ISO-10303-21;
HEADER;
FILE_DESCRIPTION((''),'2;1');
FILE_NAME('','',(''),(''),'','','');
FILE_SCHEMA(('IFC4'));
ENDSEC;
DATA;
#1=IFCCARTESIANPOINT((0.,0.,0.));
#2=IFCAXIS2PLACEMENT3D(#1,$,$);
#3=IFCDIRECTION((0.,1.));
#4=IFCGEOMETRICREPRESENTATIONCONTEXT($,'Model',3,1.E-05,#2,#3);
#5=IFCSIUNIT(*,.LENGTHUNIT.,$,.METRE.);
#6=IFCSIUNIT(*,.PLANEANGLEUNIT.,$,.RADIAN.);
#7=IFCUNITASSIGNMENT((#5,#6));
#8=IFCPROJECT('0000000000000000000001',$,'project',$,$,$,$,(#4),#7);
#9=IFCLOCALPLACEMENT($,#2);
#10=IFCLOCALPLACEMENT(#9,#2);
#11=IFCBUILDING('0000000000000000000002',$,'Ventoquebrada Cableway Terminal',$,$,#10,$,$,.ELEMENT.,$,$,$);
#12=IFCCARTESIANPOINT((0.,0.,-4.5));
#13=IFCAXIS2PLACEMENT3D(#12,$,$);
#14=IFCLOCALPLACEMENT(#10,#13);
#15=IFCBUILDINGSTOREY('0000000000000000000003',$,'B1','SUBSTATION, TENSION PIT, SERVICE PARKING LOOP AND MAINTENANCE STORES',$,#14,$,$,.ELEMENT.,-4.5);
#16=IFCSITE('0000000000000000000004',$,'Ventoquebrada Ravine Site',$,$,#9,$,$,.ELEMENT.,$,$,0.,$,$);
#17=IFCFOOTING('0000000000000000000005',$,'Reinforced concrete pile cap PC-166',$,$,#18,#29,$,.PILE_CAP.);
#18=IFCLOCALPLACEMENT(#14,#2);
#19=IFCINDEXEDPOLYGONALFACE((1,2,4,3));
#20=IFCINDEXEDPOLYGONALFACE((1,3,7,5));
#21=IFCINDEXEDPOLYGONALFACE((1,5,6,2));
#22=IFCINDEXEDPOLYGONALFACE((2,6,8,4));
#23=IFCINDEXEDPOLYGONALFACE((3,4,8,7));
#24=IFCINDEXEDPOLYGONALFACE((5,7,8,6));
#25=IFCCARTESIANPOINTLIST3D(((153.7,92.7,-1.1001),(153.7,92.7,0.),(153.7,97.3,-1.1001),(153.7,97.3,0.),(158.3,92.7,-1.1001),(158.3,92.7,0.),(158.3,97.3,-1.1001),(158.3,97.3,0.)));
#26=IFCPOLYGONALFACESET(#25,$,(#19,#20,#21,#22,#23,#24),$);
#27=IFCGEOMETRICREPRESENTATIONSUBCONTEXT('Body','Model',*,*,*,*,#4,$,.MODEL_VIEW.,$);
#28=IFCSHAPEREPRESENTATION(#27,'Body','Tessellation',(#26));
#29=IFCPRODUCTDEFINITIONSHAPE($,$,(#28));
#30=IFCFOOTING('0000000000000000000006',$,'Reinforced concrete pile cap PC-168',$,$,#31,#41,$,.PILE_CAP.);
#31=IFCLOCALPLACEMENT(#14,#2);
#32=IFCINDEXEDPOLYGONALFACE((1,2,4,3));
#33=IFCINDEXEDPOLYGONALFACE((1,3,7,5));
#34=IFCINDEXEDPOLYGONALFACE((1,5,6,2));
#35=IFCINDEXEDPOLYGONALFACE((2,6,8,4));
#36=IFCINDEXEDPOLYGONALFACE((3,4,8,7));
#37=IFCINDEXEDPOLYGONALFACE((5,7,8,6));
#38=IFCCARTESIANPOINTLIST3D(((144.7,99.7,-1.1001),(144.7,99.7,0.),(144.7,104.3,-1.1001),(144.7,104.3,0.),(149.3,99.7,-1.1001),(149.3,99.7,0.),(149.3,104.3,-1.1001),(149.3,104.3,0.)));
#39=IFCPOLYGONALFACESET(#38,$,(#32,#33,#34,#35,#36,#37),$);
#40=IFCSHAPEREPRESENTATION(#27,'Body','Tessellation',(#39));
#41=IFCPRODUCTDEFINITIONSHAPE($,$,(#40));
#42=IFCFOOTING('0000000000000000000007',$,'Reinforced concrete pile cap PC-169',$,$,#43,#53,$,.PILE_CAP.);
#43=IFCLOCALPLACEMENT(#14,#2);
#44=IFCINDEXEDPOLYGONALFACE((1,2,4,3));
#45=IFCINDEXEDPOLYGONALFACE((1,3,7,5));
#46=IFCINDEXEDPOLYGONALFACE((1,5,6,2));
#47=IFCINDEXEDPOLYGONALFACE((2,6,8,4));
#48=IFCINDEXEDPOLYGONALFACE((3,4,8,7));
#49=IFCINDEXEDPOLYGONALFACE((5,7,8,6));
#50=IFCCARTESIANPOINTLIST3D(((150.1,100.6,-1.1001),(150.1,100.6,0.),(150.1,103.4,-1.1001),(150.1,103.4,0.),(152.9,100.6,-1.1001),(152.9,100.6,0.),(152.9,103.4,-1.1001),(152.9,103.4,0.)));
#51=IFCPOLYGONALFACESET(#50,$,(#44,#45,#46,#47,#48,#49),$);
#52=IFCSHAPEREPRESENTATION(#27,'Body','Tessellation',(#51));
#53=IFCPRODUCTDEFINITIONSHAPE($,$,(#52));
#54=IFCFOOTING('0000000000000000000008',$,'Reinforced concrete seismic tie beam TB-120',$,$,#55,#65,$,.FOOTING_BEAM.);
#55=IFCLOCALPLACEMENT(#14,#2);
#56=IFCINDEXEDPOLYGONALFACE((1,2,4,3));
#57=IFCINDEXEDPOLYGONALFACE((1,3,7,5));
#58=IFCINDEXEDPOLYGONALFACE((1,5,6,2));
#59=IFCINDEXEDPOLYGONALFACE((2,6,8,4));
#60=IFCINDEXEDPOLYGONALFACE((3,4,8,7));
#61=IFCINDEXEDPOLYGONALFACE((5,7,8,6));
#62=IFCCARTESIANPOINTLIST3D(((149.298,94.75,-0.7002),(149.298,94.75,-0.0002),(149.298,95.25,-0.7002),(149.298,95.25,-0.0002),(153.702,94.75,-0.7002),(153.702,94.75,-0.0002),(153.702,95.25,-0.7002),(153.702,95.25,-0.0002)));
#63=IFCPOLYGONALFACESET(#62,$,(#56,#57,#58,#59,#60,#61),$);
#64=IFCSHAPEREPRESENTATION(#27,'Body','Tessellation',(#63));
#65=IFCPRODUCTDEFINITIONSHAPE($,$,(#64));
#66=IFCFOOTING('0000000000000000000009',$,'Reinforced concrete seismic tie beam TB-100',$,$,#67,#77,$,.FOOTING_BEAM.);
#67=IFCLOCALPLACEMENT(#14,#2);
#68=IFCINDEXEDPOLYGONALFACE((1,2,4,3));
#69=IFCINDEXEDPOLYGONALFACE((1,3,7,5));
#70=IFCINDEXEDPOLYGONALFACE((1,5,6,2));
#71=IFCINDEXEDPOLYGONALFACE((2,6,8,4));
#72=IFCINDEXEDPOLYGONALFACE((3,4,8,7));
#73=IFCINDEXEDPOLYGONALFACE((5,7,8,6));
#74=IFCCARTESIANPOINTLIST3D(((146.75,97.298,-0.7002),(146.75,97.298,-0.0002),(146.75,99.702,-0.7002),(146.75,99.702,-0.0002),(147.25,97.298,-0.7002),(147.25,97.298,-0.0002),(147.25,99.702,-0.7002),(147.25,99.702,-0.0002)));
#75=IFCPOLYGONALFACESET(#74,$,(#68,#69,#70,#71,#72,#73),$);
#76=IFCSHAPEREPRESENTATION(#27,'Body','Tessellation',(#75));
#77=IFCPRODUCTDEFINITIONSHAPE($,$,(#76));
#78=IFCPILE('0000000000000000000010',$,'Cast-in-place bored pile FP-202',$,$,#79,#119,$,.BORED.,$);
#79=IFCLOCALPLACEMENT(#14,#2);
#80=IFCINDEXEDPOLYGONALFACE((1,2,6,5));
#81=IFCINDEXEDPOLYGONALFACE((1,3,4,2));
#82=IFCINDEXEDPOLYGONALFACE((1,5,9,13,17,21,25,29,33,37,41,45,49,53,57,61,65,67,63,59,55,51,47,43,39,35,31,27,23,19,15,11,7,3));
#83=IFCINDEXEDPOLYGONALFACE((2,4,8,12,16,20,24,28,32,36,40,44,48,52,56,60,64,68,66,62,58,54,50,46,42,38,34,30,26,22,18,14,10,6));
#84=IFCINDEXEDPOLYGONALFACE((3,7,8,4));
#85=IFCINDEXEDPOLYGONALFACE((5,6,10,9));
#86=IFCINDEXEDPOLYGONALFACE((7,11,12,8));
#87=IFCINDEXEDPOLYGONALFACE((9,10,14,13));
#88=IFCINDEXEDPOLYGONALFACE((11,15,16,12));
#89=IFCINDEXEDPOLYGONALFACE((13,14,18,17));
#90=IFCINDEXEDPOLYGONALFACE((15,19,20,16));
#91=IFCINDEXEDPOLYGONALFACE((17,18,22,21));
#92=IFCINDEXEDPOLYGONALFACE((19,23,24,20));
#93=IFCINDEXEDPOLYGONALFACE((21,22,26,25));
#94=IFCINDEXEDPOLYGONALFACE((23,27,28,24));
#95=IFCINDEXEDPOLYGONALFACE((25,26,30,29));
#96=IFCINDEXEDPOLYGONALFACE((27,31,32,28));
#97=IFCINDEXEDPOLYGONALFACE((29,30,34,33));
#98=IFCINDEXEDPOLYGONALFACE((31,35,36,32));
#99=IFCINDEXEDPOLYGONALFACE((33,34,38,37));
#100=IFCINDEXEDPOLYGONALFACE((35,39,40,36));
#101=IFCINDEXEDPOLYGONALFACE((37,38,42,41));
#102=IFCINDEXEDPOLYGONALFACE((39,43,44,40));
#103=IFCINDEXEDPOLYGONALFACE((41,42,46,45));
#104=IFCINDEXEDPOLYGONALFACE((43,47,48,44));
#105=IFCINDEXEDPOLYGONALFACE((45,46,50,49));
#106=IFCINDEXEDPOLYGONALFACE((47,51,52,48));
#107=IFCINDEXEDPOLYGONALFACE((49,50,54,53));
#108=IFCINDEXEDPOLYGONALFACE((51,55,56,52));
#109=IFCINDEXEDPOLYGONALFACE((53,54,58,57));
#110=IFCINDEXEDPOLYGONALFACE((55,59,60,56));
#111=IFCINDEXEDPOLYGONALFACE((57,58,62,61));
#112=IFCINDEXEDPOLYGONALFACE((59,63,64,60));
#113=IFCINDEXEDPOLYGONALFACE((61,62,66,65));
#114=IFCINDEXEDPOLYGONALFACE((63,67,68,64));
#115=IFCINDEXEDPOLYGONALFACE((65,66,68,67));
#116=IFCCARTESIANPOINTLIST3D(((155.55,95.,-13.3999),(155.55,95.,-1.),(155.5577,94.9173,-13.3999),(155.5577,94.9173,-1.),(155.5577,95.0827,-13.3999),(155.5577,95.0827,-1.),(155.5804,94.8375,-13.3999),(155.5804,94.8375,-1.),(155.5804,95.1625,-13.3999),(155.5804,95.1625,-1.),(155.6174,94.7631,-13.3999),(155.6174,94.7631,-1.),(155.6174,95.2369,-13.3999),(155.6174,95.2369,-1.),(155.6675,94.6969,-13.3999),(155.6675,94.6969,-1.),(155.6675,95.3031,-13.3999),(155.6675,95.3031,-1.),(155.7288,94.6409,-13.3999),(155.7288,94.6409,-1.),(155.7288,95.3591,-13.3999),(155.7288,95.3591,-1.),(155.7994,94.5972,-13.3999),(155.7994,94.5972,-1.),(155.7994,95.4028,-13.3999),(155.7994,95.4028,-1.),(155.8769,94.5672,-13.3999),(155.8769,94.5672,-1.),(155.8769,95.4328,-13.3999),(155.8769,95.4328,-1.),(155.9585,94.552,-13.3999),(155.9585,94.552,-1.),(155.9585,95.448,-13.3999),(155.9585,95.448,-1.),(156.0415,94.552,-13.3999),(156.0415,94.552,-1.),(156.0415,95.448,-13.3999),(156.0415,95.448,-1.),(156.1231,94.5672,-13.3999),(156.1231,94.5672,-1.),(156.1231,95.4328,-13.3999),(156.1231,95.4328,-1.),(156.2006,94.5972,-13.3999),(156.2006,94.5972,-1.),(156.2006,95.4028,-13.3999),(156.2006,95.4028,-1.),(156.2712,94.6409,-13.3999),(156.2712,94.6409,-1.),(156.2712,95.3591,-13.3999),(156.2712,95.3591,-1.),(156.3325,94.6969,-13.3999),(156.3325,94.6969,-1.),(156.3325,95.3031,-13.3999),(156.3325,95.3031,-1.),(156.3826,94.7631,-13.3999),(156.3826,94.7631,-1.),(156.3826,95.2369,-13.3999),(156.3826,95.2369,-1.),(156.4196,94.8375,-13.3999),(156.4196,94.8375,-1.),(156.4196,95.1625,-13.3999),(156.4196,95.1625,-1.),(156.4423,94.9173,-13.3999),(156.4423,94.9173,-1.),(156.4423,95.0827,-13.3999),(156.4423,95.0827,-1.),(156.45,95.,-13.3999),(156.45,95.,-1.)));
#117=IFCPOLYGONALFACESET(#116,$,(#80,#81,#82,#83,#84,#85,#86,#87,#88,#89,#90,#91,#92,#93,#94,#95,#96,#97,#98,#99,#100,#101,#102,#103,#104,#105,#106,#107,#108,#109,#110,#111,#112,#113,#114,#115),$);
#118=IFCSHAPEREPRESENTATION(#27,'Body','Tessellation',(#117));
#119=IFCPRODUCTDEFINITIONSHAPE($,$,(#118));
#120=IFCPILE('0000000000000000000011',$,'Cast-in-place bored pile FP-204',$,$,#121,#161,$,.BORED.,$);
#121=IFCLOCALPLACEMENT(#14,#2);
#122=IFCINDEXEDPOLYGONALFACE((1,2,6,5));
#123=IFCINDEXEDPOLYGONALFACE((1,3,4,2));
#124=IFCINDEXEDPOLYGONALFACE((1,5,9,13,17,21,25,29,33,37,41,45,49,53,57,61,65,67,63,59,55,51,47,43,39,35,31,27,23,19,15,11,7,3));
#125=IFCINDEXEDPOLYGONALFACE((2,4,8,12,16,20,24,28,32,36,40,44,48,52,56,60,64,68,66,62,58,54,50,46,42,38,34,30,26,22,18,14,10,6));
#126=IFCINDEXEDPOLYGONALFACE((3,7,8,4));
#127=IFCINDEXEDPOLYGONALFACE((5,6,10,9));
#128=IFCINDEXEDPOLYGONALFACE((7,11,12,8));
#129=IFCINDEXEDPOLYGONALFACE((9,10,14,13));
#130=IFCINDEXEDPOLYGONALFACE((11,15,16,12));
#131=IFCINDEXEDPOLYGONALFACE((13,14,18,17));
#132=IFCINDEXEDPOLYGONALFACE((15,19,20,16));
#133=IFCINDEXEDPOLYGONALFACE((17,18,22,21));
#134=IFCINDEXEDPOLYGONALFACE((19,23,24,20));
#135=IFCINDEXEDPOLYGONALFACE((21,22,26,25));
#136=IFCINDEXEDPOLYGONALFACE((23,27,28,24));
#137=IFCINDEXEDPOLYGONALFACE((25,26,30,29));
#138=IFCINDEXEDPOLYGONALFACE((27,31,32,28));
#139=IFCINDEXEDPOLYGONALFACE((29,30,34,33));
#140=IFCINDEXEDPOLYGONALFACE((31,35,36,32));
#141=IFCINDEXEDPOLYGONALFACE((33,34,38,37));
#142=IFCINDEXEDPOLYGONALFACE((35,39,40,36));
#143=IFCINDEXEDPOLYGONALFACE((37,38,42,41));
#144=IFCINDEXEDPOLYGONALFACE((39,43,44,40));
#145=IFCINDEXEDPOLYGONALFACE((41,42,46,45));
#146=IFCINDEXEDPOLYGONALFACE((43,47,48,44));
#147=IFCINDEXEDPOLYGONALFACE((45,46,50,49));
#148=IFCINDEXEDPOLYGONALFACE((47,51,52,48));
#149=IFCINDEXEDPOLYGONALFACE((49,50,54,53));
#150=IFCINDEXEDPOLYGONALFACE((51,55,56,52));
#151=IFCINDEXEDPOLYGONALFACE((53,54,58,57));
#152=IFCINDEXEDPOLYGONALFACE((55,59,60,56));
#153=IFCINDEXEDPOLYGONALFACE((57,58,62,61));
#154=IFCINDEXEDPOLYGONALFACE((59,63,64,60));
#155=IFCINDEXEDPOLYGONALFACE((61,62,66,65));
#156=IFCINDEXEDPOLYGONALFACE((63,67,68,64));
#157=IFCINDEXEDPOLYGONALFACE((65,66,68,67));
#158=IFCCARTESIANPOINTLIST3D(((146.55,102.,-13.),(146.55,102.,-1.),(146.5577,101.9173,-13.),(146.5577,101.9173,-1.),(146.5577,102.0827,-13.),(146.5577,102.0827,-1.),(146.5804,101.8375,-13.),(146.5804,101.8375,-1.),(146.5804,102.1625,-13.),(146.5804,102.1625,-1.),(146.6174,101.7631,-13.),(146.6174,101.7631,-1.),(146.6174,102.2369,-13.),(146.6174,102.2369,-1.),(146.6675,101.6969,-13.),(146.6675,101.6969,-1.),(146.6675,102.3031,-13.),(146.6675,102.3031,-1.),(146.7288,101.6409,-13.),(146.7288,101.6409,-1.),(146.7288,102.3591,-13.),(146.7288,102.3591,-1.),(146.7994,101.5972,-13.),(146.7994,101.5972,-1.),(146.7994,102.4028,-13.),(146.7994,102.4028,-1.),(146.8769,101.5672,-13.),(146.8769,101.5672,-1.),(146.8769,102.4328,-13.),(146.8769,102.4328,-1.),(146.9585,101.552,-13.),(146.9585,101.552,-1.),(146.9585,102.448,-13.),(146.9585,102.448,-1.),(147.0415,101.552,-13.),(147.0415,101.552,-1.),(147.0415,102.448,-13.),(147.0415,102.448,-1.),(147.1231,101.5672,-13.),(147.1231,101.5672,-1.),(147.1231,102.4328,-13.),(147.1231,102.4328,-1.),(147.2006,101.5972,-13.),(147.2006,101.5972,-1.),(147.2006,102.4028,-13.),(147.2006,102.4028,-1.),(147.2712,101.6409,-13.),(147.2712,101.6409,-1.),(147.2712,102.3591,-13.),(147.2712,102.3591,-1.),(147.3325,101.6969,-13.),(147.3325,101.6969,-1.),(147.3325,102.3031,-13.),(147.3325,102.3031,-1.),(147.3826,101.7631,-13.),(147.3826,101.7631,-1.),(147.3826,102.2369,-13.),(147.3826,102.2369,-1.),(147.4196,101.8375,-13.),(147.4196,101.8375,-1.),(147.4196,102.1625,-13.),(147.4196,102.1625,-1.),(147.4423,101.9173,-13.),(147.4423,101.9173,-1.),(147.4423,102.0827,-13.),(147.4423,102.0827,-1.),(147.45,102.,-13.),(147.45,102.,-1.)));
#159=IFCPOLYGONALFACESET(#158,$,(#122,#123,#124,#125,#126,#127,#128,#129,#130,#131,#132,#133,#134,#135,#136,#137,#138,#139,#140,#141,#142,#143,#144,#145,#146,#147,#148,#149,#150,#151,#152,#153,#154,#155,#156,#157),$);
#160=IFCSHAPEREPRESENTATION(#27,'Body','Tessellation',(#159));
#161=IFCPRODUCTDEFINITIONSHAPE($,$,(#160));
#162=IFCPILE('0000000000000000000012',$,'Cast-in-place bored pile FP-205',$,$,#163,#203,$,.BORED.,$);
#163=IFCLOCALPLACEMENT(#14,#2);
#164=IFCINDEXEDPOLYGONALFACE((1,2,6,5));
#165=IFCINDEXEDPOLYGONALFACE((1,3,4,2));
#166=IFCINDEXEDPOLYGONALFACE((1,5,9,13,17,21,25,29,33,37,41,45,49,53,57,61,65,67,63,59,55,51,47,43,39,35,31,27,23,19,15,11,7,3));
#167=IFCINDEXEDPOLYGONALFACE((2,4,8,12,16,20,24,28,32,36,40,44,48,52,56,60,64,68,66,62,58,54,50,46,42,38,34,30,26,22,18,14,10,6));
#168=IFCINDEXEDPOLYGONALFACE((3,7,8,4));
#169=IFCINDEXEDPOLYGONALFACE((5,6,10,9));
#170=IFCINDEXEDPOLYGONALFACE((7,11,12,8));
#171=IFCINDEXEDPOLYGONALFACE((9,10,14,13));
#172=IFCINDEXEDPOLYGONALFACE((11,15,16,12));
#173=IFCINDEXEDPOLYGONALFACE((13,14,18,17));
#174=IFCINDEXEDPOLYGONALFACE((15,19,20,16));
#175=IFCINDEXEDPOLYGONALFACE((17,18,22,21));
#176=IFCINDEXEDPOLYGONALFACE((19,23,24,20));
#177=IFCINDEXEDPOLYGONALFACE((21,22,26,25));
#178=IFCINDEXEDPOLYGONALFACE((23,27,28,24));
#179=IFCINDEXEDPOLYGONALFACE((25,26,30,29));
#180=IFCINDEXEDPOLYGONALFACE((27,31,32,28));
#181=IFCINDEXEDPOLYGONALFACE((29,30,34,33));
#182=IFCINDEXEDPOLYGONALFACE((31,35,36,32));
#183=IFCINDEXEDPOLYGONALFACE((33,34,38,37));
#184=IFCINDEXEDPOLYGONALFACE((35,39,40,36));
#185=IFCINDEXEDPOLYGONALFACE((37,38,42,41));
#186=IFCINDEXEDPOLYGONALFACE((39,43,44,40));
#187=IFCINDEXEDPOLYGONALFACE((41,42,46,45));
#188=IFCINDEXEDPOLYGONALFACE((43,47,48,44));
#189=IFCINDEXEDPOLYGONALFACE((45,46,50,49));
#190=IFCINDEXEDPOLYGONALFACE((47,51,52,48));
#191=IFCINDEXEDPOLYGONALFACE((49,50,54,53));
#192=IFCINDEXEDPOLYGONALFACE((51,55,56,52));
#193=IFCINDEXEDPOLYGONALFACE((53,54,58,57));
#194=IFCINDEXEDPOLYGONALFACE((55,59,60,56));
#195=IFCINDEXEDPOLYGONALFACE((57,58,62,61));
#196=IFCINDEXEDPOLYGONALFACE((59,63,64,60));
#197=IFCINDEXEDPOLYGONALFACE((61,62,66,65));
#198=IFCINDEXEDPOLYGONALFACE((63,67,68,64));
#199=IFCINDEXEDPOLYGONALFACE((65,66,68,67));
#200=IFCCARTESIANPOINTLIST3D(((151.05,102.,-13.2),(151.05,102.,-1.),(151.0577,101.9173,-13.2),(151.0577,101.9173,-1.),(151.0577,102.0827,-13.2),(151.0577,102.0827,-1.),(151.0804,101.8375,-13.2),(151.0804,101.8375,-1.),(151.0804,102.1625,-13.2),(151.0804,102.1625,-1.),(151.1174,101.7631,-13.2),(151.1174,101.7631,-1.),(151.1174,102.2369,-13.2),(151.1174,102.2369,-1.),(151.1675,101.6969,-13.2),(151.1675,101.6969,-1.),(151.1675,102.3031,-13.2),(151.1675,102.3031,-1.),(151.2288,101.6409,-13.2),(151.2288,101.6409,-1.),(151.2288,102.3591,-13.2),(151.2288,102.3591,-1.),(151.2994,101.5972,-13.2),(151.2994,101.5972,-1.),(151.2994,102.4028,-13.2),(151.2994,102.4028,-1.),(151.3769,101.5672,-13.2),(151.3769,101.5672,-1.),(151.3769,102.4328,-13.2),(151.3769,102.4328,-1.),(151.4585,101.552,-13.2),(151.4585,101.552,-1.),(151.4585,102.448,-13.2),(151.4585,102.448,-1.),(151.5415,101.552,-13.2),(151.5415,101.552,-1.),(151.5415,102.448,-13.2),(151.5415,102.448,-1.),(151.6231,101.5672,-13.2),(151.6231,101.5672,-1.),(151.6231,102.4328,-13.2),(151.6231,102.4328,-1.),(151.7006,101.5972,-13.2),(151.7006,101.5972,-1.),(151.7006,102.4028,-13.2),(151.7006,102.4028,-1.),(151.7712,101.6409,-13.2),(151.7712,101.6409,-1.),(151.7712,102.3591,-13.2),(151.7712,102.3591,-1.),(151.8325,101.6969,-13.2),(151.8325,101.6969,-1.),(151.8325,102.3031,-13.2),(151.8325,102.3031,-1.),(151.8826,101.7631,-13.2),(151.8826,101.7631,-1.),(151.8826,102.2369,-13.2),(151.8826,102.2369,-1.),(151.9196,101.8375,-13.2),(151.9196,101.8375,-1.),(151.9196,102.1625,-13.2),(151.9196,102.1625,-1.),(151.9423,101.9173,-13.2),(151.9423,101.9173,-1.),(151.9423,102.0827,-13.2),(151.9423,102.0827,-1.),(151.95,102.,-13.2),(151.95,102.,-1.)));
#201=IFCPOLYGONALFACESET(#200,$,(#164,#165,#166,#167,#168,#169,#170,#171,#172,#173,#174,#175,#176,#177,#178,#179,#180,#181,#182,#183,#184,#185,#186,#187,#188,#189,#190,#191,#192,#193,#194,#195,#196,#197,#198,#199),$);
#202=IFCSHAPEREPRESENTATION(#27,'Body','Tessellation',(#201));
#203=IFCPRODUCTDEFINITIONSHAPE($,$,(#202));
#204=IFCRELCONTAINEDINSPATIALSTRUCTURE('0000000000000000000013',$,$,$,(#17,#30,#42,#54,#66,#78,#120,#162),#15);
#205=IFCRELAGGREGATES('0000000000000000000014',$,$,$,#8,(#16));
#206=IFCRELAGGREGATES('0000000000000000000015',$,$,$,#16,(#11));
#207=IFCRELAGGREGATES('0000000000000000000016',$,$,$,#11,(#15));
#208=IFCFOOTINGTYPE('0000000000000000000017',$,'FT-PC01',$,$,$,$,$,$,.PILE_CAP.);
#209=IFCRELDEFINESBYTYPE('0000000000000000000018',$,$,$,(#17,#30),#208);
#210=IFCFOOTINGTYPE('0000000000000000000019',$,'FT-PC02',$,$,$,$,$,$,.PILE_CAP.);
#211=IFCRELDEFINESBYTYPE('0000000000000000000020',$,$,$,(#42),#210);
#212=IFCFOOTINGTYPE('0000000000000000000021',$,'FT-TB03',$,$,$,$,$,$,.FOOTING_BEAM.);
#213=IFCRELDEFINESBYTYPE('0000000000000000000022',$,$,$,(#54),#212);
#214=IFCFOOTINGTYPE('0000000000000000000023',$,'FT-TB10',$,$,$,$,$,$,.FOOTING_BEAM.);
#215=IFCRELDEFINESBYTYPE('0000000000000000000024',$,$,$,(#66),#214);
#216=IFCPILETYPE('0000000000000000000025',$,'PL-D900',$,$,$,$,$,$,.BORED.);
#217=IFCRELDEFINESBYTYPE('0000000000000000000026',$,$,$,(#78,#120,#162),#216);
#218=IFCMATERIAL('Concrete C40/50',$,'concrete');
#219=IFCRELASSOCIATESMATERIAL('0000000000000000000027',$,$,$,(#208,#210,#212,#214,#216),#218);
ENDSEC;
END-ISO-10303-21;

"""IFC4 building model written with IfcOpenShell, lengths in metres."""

from ifc_helpers import new_model, si_unit, direction, frame, origin, origin_2d, place, context, subcontext, project, spatial, rectangle, circle, extrude, material, material_profile, profile_set, type_object, element, save


model = new_model("IFC4")

# Units and contexts
model_context = context("Model", 3, precision=1e-05, world=origin(), true_north=direction((0.0, 1.0)))
body_context = subcontext(model_context, "Body", "Model", "MODEL_VIEW")
ifc_project = project(units=[si_unit("LENGTHUNIT", "METRE"), si_unit("PLANEANGLEUNIT", "RADIAN")], contexts=[model_context])

# Site, building, storey
site_placement = place(None, origin())
site = spatial("IfcSite", under=ifc_project, at=site_placement, Name="Ventoquebrada Ravine Site", CompositionType="ELEMENT", RefElevation=0.0)
building_placement = place(site_placement, origin())
building = spatial("IfcBuilding", under=site, at=building_placement, Name="Ventoquebrada Cableway Terminal", CompositionType="ELEMENT")
storey_placement = place(building_placement, frame((0.0, 0.0, -4.5)))
storey = spatial("IfcBuildingStorey", under=building, at=storey_placement, Name="B1", Description="SUBSTATION, TENSION PIT, SERVICE PARKING LOOP AND MAINTENANCE STORES", CompositionType="ELEMENT", Elevation=-4.5)

# Footings
ifc_material_1 = material(Name="Concrete C40/50", Category="concrete")
footing_type_1 = type_object("IfcFootingType", Name="FT-PC01", PredefinedType="PILE_CAP", material=ifc_material_1)
for number, where, z_axis, x_axis, name in (
    (1, (156.0, 95.0, -1.1001), (0.0, 0.0, 1.0), (1.0, 0.0, 0.0), "Reinforced concrete pile cap PC-166"),
    (2, (147.0, 102.0, -1.1001), (0.0, 0.0, 1.0), (1.0, 0.0, 0.0), "Reinforced concrete pile cap PC-168"),
):
    element("IfcFooting", number, at=place(storey_placement, frame(where, z_axis=z_axis, x_axis=x_axis)), inside=storey, type_object=footing_type_1, Name=name, PredefinedType="PILE_CAP", context=body_context, shape_type="SweptSolid", body=[
        extrude(rectangle(XDim=4.6001, YDim=4.6001, at=origin_2d()), origin(), (0.0, 0.0, 1.0), 1.1001),
    ])
footing_type_2 = type_object("IfcFootingType", Name="FT-PC02", PredefinedType="PILE_CAP", material=ifc_material_1)
footing_1_placement = place(storey_placement, frame((151.5, 102.0, -1.1001), z_axis=(0.0, 0.0, 1.0), x_axis=(1.0, 0.0, 0.0)))
element("IfcFooting", 3, at=footing_1_placement, inside=storey, type_object=footing_type_2, Name="Reinforced concrete pile cap PC-169", PredefinedType="PILE_CAP", context=body_context, shape_type="SweptSolid", body=[
    extrude(rectangle(XDim=2.8, YDim=2.8, at=origin_2d()), origin(), (0.0, 0.0, 1.0), 1.1001),
])
footing_type_3 = type_object("IfcFootingType", Name="FT-TB03", PredefinedType="FOOTING_BEAM", material=ifc_material_1)
footing_2_placement = place(storey_placement, frame((151.5, 95.0, -0.7002), z_axis=(0.0, 0.0, 1.0), x_axis=(1.0, 0.0, 0.0)))
element("IfcFooting", 4, at=footing_2_placement, inside=storey, type_object=footing_type_3, Name="Reinforced concrete seismic tie beam TB-120", PredefinedType="FOOTING_BEAM", context=body_context, shape_type="SweptSolid", body=[
    extrude(rectangle(XDim=4.4041, YDim=0.5, at=origin_2d()), origin(), (0.0, 0.0, 1.0), 0.7),
])
footing_type_4 = type_object("IfcFootingType", Name="FT-TB10", PredefinedType="FOOTING_BEAM", material=ifc_material_1)
footing_3_placement = place(storey_placement, frame((147.0, 98.5, -0.7002), z_axis=(0.0, 0.0, 1.0), x_axis=(0.0, 1.0, 0.0)))
element("IfcFooting", 5, at=footing_3_placement, inside=storey, type_object=footing_type_4, Name="Reinforced concrete seismic tie beam TB-100", PredefinedType="FOOTING_BEAM", context=body_context, shape_type="SweptSolid", body=[
    extrude(rectangle(XDim=2.4041, YDim=0.5, at=origin_2d()), origin(), (0.0, 0.0, 1.0), 0.7),
])

# Piles
ifc_material_profile_1 = material_profile(ifc_material_1, circle(Radius=0.45, at=origin_2d()), Name="PILE-D900")
ifc_profile_set_1 = profile_set([ifc_material_profile_1], Name="Concrete C40/50")
pile_type = type_object("IfcPileType", Name="PL-D900", PredefinedType="BORED", material=ifc_profile_set_1)
pile_1_placement = place(storey_placement, frame((156.0, 95.0, -1.0), z_axis=(0.0, 0.0, -1.0), x_axis=(1.0, 0.0, 0.0)))
element("IfcPile", 6, at=pile_1_placement, inside=storey, type_object=pile_type, Name="Cast-in-place bored pile FP-202", PredefinedType="BORED", context=body_context, shape_type="SweptSolid", body=[
    extrude(circle(Radius=0.45, at=origin_2d()), origin(), (0.0, 0.0, 1.0), 12.3999),
])
pile_2_placement = place(storey_placement, frame((147.0, 102.0, -1.0), z_axis=(0.0, 0.0, -1.0), x_axis=(1.0, 0.0, 0.0)))
element("IfcPile", 7, at=pile_2_placement, inside=storey, type_object=pile_type, Name="Cast-in-place bored pile FP-204", PredefinedType="BORED", context=body_context, shape_type="SweptSolid", body=[
    extrude(circle(Radius=0.45, at=origin_2d()), origin(), (0.0, 0.0, 1.0), 12.0),
])
pile_3_placement = place(storey_placement, frame((151.5, 102.0, -1.0), z_axis=(0.0, 0.0, -1.0), x_axis=(1.0, 0.0, 0.0)))
element("IfcPile", 8, at=pile_3_placement, inside=storey, type_object=pile_type, Name="Cast-in-place bored pile FP-205", PredefinedType="BORED", context=body_context, shape_type="SweptSolid", body=[
    extrude(circle(Radius=0.45, at=origin_2d()), origin(), (0.0, 0.0, 1.0), 12.2),
])

save(model, "model.ifc")
